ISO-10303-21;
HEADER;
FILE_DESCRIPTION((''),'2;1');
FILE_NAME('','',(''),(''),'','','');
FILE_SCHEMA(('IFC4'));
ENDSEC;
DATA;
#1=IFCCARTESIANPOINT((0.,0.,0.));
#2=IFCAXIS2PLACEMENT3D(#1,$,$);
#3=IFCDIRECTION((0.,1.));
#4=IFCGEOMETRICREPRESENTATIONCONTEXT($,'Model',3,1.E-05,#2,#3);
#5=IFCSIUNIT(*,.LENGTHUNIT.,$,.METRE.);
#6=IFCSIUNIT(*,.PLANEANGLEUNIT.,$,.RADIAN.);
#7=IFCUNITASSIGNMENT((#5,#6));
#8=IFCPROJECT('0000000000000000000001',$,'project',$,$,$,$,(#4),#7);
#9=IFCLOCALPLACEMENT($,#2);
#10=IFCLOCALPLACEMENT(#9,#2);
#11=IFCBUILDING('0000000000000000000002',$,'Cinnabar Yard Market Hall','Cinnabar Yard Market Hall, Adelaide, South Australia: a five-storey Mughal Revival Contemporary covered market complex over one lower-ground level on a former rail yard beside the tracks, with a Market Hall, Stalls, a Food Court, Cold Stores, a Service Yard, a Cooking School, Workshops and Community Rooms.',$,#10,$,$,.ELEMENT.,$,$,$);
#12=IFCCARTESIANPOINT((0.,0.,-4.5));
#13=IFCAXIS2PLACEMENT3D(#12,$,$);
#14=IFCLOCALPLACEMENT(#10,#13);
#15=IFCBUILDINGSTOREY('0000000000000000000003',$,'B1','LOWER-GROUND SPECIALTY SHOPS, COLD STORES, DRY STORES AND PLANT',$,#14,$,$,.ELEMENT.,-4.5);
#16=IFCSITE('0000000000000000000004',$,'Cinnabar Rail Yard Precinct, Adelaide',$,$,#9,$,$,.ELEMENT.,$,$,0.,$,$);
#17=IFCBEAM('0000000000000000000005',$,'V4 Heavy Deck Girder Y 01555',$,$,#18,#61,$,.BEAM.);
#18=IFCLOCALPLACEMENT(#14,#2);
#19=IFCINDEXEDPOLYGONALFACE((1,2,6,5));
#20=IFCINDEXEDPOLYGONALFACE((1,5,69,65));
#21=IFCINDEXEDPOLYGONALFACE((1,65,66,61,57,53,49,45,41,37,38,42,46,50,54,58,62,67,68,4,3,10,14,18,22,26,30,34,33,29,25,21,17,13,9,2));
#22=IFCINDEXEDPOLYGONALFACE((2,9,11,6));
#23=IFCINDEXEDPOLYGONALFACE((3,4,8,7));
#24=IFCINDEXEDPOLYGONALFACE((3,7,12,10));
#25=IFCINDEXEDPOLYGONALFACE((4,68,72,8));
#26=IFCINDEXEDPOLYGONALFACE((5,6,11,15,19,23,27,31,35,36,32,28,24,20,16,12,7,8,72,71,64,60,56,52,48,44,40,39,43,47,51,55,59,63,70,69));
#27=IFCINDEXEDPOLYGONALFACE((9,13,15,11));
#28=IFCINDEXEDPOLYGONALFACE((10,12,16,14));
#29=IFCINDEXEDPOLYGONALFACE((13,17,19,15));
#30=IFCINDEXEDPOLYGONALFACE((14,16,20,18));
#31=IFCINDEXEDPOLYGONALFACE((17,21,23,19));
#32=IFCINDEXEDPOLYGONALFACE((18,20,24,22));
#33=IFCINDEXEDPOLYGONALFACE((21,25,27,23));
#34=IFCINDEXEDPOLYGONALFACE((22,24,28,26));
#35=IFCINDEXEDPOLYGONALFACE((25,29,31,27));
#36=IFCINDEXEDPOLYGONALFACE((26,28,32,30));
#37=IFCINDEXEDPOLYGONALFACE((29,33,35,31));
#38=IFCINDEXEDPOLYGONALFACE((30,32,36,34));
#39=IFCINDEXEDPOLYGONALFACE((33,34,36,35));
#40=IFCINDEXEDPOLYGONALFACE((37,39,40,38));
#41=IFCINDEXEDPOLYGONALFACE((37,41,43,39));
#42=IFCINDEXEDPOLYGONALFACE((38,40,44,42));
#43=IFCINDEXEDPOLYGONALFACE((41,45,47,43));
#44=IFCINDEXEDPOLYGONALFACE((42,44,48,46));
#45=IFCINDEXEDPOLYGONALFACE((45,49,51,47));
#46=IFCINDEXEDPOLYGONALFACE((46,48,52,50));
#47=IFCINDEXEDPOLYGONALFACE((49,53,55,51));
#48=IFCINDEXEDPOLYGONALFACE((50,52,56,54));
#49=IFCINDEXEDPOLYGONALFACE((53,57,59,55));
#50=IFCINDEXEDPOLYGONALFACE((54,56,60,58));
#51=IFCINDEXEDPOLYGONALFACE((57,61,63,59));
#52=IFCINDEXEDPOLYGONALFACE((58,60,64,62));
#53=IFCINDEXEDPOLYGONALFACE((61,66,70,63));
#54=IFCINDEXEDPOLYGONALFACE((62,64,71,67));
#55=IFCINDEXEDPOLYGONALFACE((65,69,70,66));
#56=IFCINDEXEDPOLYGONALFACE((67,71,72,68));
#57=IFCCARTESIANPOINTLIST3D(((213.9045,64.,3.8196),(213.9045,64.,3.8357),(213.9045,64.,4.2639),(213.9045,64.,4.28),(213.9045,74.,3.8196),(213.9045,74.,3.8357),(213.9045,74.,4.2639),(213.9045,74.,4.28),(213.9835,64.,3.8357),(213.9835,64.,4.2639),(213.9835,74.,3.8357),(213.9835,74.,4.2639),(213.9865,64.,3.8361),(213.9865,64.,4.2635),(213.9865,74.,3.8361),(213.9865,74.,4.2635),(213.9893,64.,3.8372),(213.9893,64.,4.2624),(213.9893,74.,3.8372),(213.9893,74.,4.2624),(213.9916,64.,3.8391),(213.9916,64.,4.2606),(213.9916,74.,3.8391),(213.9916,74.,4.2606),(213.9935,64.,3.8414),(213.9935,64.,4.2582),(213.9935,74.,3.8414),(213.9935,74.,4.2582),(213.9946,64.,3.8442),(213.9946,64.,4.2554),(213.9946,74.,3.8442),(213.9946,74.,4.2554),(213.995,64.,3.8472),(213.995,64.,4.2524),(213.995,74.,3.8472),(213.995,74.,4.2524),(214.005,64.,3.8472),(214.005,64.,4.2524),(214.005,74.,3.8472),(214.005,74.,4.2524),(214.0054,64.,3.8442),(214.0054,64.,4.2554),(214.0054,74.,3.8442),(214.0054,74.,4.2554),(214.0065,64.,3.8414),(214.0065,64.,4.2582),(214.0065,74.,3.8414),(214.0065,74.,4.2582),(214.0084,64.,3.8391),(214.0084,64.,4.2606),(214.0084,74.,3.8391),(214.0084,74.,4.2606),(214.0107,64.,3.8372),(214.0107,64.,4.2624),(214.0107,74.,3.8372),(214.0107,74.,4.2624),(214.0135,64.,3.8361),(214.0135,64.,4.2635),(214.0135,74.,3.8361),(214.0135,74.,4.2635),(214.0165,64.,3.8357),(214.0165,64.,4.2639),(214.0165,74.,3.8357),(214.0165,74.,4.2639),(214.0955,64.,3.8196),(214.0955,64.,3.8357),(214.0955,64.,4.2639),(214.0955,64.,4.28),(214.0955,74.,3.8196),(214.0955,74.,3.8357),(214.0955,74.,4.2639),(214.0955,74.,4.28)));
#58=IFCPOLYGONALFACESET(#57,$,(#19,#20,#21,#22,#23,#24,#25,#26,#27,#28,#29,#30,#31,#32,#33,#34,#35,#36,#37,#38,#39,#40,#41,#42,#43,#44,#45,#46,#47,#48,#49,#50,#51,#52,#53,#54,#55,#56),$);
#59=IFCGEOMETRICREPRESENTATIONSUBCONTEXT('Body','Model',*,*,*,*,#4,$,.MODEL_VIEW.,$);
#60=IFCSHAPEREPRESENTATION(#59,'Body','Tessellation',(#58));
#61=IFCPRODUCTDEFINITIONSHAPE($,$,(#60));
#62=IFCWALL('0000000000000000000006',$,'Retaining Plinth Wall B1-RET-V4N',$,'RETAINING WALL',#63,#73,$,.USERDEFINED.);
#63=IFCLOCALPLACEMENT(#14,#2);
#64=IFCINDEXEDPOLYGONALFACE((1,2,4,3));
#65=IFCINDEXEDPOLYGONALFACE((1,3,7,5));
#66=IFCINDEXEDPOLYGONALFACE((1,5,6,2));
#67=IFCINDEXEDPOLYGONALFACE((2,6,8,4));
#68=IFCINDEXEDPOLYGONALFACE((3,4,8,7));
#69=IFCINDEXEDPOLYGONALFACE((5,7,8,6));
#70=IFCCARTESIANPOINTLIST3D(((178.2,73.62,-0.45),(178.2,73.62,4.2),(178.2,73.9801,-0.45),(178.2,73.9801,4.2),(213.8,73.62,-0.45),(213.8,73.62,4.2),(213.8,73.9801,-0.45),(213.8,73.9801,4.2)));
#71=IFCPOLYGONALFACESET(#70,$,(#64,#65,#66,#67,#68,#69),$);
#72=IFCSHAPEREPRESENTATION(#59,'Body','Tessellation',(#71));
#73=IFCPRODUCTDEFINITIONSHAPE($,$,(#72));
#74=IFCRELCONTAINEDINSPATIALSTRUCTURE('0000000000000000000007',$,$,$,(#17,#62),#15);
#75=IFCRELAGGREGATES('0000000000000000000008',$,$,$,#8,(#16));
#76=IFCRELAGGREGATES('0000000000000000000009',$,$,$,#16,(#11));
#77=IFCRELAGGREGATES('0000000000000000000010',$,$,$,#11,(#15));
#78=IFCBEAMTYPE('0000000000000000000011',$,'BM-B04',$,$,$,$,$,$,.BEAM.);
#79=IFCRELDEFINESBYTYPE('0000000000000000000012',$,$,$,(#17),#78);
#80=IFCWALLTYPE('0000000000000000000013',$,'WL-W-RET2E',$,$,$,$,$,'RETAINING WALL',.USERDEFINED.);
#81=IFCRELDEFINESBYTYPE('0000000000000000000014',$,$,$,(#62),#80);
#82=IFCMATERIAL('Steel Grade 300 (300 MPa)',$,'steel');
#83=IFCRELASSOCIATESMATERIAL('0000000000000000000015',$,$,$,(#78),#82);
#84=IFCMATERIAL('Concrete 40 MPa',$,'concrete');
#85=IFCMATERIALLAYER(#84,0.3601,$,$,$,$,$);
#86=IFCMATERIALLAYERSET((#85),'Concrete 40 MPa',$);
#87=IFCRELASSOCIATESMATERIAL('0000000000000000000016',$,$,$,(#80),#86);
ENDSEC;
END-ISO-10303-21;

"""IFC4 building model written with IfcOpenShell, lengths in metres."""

from ifc_helpers import new_model, si_unit, direction, frame, frame_2d, origin, origin_2d_with_axis, place, context, subcontext, project, spatial, rectangle, i_section, extrude, material, layer, layer_set, material_profile, profile_set, type_object, element, save


model = new_model("IFC4")

# Units and contexts
model_context = context("Model", 3, precision=1e-05, world=origin(), true_north=direction((0.0, 1.0)))
body_context = subcontext(model_context, "Body", "Model", "MODEL_VIEW")
ifc_project = project(units=[si_unit("LENGTHUNIT", "METRE"), si_unit("PLANEANGLEUNIT", "RADIAN")], contexts=[model_context])

# Site, building, storey
site_placement = place(None, origin())
site = spatial("IfcSite", under=ifc_project, at=site_placement, Name="Cinnabar Rail Yard Precinct, Adelaide", CompositionType="ELEMENT", RefElevation=0.0)
building_placement = place(site_placement, origin())
building = spatial("IfcBuilding", under=site, at=building_placement, Name="Cinnabar Yard Market Hall", Description="Cinnabar Yard Market Hall, Adelaide, South Australia: a five-storey Mughal Revival Contemporary covered market complex over one lower-ground level on a former rail yard beside the tracks, with a Market Hall, Stalls, a Food Court, Cold Stores, a Service Yard, a Cooking School, Workshops and Community Rooms.", CompositionType="ELEMENT")
storey_placement = place(building_placement, frame((0.0, 0.0, -4.5)))
storey = spatial("IfcBuildingStorey", under=building, at=storey_placement, Name="B1", Description="LOWER-GROUND SPECIALTY SHOPS, COLD STORES, DRY STORES AND PLANT", CompositionType="ELEMENT", Elevation=-4.5)

# Shared definitions
ifc_material_1 = material(Name="Concrete 40 MPa", Category="concrete")

# Beam
ifc_material_2 = material(Name="Steel Grade 300 (300 MPa)", Category="steel")
ifc_material_profile_1 = material_profile(ifc_material_2, i_section(OverallWidth=0.1909, OverallDepth=0.4604, WebThickness=0.01, FlangeThickness=0.0161, FilletRadius=0.0115, at=origin_2d_with_axis()), Name="460UB82.1")
ifc_profile_set_1 = profile_set([ifc_material_profile_1], Name="Steel Grade 300 (300 MPa)")
beam_type_1 = type_object("IfcBeamType", Name="BM-B04", PredefinedType="BEAM", material=ifc_profile_set_1)
beam_1_placement = place(storey_placement, frame((214.0, 64.0, 4.0498), z_axis=(0.0, 1.0, 0.0), x_axis=(-1.0, 0.0, 0.0)))
element("IfcBeam", 1, at=beam_1_placement, inside=storey, type_object=beam_type_1, Name="V4 Heavy Deck Girder Y 01555", PredefinedType="BEAM", context=body_context, shape_type="SweptSolid", body=[
    extrude(i_section(OverallWidth=0.1909, OverallDepth=0.4604, WebThickness=0.01, FlangeThickness=0.0161, FilletRadius=0.0115, at=origin_2d_with_axis()), origin(), (0.0, 0.0, 1.0), 10.0),
])

# Wall
ifc_layer_1 = layer(ifc_material_1, 0.3601)
ifc_layer_set_1 = layer_set([ifc_layer_1], Name="Concrete 40 MPa")
wall_type = type_object("IfcWallType", Name="WL-W-RET2E", ElementType="RETAINING WALL", PredefinedType="USERDEFINED", material=ifc_layer_set_1)
wall_placement = place(storey_placement, frame((213.8, 73.8, -0.45), z_axis=(0.0, 0.0, 1.0), x_axis=(-1.0, 0.0, 0.0)))
element("IfcWall", 2, at=wall_placement, inside=storey, type_object=wall_type, Name="Retaining Plinth Wall B1-RET-V4N", ObjectType="RETAINING WALL", PredefinedType="USERDEFINED", context=body_context, shape_type="SweptSolid", body=[
    extrude(rectangle(XDim=35.6001, YDim=0.3601, at=frame_2d((17.8, 0.0), x_axis=(1.0, 0.0))), origin(), (0.0, 0.0, 1.0), 4.6499),
])

save(model, "model.ifc")
